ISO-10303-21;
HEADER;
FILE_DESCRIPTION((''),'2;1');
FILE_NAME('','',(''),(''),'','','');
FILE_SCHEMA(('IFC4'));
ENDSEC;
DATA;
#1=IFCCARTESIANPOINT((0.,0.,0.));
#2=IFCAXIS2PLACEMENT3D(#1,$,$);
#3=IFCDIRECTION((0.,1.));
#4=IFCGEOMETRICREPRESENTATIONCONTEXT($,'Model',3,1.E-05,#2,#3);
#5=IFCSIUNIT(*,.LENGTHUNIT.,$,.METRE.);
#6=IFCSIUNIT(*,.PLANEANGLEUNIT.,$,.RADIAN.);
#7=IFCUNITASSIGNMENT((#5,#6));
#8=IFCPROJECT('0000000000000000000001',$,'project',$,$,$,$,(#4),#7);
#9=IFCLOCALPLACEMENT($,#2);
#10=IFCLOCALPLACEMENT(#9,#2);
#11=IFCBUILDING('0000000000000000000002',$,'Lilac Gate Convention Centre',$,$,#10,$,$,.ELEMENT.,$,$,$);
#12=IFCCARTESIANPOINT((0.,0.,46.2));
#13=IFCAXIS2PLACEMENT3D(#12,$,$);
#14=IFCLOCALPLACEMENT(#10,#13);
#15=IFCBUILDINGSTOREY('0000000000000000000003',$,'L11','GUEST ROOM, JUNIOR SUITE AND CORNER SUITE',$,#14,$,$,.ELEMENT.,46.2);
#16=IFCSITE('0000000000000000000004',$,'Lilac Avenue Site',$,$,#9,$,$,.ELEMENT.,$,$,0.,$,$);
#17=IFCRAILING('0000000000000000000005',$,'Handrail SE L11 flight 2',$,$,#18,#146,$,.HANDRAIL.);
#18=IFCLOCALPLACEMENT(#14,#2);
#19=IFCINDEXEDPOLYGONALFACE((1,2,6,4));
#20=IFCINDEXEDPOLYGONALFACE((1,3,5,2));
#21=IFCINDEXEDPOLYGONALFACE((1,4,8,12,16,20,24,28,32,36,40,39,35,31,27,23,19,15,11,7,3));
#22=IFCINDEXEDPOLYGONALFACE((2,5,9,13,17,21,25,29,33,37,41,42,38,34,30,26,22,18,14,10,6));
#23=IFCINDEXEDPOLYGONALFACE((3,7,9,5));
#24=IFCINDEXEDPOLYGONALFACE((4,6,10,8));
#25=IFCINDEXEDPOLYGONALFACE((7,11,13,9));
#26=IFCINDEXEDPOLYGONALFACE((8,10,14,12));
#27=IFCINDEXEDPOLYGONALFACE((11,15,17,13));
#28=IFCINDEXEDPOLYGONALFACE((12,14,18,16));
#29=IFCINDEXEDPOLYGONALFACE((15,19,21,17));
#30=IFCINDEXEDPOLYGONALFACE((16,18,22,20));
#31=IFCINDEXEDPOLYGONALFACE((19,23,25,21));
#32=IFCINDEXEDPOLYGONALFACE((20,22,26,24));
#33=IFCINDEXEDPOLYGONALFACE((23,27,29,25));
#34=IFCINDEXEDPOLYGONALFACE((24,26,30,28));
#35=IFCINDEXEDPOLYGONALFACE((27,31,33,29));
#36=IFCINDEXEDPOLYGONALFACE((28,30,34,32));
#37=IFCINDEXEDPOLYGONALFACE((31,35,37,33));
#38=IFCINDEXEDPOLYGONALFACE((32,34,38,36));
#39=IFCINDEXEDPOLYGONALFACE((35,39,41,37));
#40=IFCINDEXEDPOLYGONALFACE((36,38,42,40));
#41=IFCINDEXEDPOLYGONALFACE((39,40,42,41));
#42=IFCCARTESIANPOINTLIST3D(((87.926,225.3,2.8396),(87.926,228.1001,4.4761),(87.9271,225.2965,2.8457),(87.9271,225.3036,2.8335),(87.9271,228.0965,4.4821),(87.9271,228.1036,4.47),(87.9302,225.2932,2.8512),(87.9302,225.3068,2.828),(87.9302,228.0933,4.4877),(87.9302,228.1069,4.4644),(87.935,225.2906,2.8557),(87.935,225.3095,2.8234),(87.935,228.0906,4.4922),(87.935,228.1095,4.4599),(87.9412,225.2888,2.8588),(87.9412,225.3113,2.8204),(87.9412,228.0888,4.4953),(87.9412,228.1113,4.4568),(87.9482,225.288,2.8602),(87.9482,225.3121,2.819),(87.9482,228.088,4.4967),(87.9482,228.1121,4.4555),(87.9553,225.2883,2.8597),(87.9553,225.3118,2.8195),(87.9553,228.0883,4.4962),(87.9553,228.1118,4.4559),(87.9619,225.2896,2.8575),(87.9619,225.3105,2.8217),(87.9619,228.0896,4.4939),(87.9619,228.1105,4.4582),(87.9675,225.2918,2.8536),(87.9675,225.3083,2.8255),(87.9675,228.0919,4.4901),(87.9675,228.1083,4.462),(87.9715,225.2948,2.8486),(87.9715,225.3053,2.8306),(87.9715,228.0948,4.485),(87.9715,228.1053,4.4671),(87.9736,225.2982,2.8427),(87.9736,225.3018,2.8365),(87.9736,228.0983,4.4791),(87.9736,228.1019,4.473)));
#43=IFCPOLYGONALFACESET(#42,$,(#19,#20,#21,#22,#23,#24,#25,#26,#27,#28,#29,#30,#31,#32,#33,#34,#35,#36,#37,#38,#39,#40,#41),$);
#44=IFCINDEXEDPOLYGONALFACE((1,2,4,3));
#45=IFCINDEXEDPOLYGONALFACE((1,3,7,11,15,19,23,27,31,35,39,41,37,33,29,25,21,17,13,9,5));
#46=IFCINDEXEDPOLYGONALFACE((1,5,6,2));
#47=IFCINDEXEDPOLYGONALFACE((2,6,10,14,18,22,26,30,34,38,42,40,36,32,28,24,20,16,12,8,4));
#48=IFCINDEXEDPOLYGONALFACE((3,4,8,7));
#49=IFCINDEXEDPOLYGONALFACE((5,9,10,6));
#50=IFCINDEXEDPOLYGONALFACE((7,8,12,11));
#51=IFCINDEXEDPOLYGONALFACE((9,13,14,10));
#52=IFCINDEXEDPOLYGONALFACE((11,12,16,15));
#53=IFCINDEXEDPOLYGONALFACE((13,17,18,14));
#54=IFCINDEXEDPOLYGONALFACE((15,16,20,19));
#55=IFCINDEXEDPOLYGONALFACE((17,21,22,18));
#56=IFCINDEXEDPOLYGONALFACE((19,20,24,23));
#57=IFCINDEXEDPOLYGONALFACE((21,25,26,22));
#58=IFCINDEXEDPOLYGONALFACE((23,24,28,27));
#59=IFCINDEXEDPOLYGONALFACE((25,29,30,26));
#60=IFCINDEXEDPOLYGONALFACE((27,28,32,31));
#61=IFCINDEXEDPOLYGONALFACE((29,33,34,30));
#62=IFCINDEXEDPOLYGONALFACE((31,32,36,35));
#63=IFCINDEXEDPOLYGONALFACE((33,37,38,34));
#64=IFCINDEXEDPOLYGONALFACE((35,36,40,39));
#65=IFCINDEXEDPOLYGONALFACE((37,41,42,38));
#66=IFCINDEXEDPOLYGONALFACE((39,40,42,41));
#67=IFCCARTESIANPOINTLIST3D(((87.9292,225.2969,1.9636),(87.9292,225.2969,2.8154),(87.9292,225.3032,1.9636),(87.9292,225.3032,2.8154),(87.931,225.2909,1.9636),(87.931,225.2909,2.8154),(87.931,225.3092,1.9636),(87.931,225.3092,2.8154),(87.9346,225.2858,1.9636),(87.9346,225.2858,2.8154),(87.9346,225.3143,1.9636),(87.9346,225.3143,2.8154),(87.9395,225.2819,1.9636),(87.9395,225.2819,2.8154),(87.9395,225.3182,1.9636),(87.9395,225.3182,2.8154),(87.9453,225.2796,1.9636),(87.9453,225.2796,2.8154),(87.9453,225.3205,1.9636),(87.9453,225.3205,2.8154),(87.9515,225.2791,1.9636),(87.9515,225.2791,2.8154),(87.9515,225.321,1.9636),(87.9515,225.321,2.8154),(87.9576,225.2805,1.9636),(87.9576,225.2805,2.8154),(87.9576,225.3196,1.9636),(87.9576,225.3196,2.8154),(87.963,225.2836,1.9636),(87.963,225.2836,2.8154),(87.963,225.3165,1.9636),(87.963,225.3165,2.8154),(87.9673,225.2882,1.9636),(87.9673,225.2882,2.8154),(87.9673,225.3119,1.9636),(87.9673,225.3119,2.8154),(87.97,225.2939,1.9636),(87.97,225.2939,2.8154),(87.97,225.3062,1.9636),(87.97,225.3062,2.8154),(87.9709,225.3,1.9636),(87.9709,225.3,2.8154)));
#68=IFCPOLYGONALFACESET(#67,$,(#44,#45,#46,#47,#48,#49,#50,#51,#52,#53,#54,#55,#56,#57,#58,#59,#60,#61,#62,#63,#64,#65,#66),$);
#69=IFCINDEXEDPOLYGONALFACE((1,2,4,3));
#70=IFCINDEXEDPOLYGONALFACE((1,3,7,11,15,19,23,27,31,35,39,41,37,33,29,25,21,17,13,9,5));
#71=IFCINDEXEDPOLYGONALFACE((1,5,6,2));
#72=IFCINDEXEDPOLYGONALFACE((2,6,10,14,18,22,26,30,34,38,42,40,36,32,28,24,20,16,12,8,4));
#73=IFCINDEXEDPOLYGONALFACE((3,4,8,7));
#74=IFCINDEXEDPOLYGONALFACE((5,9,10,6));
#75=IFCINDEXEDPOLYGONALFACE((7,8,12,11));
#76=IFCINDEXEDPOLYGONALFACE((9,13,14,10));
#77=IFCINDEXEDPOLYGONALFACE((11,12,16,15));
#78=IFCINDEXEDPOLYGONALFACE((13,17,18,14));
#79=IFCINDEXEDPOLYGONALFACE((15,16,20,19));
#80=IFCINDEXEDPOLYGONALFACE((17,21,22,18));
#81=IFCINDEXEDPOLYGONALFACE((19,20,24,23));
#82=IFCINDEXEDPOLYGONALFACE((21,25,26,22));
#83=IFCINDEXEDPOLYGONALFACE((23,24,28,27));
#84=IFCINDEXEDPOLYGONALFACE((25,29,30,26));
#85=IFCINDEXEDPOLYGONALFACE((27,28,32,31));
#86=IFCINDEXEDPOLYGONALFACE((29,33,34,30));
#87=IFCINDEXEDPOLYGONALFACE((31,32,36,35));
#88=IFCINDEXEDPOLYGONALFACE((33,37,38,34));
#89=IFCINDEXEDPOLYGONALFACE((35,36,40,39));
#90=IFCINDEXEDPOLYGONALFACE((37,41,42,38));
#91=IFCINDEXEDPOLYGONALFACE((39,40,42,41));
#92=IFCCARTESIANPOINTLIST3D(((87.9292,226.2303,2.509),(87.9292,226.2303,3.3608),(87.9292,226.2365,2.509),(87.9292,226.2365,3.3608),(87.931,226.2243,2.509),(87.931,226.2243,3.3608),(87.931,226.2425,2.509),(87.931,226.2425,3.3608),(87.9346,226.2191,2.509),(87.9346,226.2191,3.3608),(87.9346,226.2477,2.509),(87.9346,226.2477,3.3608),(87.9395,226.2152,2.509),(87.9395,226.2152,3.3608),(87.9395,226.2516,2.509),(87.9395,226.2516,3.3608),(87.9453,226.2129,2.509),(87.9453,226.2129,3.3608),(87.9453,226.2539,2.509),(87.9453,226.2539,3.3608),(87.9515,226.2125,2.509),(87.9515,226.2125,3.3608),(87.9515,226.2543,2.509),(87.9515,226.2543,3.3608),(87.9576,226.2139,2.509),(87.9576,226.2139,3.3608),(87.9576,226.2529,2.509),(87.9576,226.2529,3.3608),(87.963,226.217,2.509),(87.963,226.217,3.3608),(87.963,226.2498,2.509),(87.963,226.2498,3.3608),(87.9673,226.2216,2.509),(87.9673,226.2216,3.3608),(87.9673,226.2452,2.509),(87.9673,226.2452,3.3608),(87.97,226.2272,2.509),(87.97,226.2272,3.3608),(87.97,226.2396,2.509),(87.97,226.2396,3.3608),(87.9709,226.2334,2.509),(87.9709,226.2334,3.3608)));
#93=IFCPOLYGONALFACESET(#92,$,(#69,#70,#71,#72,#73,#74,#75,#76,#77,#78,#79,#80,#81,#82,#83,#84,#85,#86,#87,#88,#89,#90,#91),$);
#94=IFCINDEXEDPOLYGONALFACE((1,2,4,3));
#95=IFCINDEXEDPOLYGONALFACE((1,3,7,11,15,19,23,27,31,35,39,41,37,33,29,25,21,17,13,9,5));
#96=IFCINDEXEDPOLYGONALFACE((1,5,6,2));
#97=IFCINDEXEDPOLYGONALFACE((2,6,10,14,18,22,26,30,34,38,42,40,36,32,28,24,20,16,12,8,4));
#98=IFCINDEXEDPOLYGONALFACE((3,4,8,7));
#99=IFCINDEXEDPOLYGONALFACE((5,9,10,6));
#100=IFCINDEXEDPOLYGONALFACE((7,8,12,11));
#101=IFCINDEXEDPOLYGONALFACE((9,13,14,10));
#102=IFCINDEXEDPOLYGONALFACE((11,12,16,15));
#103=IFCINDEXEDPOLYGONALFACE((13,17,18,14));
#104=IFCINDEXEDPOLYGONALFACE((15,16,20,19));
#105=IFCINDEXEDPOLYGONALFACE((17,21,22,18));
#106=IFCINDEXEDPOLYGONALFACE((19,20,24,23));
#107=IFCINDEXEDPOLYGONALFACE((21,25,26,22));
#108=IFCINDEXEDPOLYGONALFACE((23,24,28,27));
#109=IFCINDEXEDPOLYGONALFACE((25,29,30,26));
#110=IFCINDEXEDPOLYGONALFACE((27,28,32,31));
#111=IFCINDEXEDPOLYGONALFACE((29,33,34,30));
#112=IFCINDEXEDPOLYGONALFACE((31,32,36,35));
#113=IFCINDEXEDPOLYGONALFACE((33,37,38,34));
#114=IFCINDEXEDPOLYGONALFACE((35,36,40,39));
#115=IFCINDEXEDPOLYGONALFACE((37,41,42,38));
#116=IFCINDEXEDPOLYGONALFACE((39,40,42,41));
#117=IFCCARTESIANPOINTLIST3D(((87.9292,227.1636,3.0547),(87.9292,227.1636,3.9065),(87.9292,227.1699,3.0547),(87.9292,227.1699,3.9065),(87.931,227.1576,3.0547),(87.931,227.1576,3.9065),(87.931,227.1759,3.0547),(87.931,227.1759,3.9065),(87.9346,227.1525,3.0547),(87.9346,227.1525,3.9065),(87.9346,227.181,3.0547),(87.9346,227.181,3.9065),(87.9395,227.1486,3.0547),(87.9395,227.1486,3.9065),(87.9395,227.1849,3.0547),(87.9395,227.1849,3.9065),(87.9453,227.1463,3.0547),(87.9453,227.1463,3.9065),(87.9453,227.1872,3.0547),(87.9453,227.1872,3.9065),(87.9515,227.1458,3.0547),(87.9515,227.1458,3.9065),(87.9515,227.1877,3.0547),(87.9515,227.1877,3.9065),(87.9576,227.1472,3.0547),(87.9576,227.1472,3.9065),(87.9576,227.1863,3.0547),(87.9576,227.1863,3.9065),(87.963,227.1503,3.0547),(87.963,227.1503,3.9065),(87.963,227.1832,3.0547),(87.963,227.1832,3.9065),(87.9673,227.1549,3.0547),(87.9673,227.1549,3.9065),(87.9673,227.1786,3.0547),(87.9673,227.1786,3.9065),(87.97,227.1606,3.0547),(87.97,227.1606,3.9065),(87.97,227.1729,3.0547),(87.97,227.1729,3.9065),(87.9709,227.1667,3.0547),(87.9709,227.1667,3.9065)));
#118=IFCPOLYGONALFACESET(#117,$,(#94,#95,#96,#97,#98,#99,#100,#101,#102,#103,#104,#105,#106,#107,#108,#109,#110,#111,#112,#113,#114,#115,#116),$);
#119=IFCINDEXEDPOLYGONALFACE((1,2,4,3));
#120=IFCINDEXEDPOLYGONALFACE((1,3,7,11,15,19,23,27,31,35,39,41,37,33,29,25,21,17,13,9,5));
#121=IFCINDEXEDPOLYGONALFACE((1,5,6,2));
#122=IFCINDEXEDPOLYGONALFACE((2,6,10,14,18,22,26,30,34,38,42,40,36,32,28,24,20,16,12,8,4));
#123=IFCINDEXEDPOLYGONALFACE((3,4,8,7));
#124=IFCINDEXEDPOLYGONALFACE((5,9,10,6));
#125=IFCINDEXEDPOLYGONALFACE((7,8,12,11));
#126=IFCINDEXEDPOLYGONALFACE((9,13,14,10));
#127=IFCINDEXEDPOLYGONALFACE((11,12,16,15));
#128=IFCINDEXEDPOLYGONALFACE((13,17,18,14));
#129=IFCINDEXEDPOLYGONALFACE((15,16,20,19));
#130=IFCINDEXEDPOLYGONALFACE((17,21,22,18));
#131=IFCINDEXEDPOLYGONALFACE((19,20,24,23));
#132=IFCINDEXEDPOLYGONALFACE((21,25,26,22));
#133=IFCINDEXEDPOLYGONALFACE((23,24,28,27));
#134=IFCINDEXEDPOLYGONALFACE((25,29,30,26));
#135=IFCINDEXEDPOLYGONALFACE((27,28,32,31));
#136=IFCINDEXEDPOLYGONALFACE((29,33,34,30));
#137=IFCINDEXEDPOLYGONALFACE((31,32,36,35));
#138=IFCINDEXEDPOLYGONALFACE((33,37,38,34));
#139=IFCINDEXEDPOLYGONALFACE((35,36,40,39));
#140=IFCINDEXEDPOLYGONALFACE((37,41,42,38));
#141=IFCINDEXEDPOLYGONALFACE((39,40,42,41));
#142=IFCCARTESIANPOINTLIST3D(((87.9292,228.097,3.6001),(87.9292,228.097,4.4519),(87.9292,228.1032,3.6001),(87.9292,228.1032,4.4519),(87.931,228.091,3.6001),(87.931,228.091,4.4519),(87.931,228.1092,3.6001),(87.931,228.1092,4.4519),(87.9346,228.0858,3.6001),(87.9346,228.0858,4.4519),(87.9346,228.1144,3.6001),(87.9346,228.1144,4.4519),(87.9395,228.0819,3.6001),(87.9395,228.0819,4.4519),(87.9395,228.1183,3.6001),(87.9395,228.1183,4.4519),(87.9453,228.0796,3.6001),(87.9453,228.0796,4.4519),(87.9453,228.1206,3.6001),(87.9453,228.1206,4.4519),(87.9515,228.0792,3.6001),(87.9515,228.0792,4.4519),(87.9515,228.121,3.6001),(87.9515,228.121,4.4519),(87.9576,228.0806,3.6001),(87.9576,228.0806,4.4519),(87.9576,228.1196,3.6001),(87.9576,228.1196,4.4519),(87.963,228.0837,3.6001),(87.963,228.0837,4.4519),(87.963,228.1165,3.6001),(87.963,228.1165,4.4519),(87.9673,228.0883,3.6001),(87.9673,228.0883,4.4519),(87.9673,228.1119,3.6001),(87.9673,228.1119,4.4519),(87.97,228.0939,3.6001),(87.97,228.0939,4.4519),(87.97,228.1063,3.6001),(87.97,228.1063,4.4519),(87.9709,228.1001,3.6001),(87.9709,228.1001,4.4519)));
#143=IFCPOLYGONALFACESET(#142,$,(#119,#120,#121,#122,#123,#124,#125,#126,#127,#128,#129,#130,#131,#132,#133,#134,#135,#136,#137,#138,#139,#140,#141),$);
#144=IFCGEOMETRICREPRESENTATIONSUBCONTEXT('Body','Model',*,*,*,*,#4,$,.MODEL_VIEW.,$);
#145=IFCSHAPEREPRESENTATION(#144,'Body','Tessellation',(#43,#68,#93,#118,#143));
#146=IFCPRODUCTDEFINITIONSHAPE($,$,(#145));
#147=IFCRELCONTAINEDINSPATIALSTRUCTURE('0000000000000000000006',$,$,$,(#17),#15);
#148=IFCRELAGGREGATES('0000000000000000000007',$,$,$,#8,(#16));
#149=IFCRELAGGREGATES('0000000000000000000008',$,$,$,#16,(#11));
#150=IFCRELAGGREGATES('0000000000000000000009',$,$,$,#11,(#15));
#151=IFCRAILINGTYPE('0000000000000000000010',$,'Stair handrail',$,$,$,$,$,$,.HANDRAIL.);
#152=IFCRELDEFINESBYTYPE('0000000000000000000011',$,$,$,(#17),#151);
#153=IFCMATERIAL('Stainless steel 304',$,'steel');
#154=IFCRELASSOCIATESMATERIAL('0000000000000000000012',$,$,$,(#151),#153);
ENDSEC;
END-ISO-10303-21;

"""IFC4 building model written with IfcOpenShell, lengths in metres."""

from ifc_helpers import new_model, si_unit, direction, frame, origin, origin_2d, place, context, subcontext, project, spatial, circle, extrude, material, type_object, element, save


model = new_model("IFC4")

# Units and contexts
model_context = context("Model", 3, precision=1e-05, world=origin(), true_north=direction((0.0, 1.0)))
body_context = subcontext(model_context, "Body", "Model", "MODEL_VIEW")
ifc_project = project(units=[si_unit("LENGTHUNIT", "METRE"), si_unit("PLANEANGLEUNIT", "RADIAN")], contexts=[model_context])

# Site, building, storey
site_placement = place(None, origin())
site = spatial("IfcSite", under=ifc_project, at=site_placement, Name="Lilac Avenue Site", CompositionType="ELEMENT", RefElevation=0.0)
building_placement = place(site_placement, origin())
building = spatial("IfcBuilding", under=site, at=building_placement, Name="Lilac Gate Convention Centre", CompositionType="ELEMENT")
storey_placement = place(building_placement, frame((0.0, 0.0, 46.2)))
storey = spatial("IfcBuildingStorey", under=building, at=storey_placement, Name="L11", Description="GUEST ROOM, JUNIOR SUITE AND CORNER SUITE", CompositionType="ELEMENT", Elevation=46.2)

# Railing
ifc_material_1 = material(Name="Stainless steel 304", Category="steel")
railing_type = type_object("IfcRailingType", Name="Stair handrail", PredefinedType="HANDRAIL", material=ifc_material_1)
for number, where, name in (
    (1, (87.95, 225.3, 1.9636), "Handrail SE L11 flight 2"),
):
    element("IfcRailing", number, at=place(storey_placement, frame(where)), inside=storey, type_object=railing_type, Name=name, PredefinedType="HANDRAIL", context=body_context, shape_type="SweptSolid", body=[
        extrude(circle(Radius=0.0239, at=origin_2d()), frame((0.0, 0.0, 0.876), z_axis=(0.0, 0.863361, 0.504587), x_axis=(-1.0, 0.0, 0.0)), (0.0, 0.0, 1.0), 3.2432),
        extrude(circle(Radius=0.021, at=origin_2d()), origin(), (0.0, 0.0, 1.0), 0.8518),
        extrude(circle(Radius=0.021, at=origin_2d()), frame((0.0, 0.9333, 0.5454)), (0.0, 0.0, 1.0), 0.8518),
        extrude(circle(Radius=0.021, at=origin_2d()), frame((0.0, 1.8667, 1.0911)), (0.0, 0.0, 1.0), 0.8518),
        extrude(circle(Radius=0.021, at=origin_2d()), frame((0.0, 2.8, 1.6365)), (0.0, 0.0, 1.0), 0.8518),
    ])

save(model, "model.ifc")
